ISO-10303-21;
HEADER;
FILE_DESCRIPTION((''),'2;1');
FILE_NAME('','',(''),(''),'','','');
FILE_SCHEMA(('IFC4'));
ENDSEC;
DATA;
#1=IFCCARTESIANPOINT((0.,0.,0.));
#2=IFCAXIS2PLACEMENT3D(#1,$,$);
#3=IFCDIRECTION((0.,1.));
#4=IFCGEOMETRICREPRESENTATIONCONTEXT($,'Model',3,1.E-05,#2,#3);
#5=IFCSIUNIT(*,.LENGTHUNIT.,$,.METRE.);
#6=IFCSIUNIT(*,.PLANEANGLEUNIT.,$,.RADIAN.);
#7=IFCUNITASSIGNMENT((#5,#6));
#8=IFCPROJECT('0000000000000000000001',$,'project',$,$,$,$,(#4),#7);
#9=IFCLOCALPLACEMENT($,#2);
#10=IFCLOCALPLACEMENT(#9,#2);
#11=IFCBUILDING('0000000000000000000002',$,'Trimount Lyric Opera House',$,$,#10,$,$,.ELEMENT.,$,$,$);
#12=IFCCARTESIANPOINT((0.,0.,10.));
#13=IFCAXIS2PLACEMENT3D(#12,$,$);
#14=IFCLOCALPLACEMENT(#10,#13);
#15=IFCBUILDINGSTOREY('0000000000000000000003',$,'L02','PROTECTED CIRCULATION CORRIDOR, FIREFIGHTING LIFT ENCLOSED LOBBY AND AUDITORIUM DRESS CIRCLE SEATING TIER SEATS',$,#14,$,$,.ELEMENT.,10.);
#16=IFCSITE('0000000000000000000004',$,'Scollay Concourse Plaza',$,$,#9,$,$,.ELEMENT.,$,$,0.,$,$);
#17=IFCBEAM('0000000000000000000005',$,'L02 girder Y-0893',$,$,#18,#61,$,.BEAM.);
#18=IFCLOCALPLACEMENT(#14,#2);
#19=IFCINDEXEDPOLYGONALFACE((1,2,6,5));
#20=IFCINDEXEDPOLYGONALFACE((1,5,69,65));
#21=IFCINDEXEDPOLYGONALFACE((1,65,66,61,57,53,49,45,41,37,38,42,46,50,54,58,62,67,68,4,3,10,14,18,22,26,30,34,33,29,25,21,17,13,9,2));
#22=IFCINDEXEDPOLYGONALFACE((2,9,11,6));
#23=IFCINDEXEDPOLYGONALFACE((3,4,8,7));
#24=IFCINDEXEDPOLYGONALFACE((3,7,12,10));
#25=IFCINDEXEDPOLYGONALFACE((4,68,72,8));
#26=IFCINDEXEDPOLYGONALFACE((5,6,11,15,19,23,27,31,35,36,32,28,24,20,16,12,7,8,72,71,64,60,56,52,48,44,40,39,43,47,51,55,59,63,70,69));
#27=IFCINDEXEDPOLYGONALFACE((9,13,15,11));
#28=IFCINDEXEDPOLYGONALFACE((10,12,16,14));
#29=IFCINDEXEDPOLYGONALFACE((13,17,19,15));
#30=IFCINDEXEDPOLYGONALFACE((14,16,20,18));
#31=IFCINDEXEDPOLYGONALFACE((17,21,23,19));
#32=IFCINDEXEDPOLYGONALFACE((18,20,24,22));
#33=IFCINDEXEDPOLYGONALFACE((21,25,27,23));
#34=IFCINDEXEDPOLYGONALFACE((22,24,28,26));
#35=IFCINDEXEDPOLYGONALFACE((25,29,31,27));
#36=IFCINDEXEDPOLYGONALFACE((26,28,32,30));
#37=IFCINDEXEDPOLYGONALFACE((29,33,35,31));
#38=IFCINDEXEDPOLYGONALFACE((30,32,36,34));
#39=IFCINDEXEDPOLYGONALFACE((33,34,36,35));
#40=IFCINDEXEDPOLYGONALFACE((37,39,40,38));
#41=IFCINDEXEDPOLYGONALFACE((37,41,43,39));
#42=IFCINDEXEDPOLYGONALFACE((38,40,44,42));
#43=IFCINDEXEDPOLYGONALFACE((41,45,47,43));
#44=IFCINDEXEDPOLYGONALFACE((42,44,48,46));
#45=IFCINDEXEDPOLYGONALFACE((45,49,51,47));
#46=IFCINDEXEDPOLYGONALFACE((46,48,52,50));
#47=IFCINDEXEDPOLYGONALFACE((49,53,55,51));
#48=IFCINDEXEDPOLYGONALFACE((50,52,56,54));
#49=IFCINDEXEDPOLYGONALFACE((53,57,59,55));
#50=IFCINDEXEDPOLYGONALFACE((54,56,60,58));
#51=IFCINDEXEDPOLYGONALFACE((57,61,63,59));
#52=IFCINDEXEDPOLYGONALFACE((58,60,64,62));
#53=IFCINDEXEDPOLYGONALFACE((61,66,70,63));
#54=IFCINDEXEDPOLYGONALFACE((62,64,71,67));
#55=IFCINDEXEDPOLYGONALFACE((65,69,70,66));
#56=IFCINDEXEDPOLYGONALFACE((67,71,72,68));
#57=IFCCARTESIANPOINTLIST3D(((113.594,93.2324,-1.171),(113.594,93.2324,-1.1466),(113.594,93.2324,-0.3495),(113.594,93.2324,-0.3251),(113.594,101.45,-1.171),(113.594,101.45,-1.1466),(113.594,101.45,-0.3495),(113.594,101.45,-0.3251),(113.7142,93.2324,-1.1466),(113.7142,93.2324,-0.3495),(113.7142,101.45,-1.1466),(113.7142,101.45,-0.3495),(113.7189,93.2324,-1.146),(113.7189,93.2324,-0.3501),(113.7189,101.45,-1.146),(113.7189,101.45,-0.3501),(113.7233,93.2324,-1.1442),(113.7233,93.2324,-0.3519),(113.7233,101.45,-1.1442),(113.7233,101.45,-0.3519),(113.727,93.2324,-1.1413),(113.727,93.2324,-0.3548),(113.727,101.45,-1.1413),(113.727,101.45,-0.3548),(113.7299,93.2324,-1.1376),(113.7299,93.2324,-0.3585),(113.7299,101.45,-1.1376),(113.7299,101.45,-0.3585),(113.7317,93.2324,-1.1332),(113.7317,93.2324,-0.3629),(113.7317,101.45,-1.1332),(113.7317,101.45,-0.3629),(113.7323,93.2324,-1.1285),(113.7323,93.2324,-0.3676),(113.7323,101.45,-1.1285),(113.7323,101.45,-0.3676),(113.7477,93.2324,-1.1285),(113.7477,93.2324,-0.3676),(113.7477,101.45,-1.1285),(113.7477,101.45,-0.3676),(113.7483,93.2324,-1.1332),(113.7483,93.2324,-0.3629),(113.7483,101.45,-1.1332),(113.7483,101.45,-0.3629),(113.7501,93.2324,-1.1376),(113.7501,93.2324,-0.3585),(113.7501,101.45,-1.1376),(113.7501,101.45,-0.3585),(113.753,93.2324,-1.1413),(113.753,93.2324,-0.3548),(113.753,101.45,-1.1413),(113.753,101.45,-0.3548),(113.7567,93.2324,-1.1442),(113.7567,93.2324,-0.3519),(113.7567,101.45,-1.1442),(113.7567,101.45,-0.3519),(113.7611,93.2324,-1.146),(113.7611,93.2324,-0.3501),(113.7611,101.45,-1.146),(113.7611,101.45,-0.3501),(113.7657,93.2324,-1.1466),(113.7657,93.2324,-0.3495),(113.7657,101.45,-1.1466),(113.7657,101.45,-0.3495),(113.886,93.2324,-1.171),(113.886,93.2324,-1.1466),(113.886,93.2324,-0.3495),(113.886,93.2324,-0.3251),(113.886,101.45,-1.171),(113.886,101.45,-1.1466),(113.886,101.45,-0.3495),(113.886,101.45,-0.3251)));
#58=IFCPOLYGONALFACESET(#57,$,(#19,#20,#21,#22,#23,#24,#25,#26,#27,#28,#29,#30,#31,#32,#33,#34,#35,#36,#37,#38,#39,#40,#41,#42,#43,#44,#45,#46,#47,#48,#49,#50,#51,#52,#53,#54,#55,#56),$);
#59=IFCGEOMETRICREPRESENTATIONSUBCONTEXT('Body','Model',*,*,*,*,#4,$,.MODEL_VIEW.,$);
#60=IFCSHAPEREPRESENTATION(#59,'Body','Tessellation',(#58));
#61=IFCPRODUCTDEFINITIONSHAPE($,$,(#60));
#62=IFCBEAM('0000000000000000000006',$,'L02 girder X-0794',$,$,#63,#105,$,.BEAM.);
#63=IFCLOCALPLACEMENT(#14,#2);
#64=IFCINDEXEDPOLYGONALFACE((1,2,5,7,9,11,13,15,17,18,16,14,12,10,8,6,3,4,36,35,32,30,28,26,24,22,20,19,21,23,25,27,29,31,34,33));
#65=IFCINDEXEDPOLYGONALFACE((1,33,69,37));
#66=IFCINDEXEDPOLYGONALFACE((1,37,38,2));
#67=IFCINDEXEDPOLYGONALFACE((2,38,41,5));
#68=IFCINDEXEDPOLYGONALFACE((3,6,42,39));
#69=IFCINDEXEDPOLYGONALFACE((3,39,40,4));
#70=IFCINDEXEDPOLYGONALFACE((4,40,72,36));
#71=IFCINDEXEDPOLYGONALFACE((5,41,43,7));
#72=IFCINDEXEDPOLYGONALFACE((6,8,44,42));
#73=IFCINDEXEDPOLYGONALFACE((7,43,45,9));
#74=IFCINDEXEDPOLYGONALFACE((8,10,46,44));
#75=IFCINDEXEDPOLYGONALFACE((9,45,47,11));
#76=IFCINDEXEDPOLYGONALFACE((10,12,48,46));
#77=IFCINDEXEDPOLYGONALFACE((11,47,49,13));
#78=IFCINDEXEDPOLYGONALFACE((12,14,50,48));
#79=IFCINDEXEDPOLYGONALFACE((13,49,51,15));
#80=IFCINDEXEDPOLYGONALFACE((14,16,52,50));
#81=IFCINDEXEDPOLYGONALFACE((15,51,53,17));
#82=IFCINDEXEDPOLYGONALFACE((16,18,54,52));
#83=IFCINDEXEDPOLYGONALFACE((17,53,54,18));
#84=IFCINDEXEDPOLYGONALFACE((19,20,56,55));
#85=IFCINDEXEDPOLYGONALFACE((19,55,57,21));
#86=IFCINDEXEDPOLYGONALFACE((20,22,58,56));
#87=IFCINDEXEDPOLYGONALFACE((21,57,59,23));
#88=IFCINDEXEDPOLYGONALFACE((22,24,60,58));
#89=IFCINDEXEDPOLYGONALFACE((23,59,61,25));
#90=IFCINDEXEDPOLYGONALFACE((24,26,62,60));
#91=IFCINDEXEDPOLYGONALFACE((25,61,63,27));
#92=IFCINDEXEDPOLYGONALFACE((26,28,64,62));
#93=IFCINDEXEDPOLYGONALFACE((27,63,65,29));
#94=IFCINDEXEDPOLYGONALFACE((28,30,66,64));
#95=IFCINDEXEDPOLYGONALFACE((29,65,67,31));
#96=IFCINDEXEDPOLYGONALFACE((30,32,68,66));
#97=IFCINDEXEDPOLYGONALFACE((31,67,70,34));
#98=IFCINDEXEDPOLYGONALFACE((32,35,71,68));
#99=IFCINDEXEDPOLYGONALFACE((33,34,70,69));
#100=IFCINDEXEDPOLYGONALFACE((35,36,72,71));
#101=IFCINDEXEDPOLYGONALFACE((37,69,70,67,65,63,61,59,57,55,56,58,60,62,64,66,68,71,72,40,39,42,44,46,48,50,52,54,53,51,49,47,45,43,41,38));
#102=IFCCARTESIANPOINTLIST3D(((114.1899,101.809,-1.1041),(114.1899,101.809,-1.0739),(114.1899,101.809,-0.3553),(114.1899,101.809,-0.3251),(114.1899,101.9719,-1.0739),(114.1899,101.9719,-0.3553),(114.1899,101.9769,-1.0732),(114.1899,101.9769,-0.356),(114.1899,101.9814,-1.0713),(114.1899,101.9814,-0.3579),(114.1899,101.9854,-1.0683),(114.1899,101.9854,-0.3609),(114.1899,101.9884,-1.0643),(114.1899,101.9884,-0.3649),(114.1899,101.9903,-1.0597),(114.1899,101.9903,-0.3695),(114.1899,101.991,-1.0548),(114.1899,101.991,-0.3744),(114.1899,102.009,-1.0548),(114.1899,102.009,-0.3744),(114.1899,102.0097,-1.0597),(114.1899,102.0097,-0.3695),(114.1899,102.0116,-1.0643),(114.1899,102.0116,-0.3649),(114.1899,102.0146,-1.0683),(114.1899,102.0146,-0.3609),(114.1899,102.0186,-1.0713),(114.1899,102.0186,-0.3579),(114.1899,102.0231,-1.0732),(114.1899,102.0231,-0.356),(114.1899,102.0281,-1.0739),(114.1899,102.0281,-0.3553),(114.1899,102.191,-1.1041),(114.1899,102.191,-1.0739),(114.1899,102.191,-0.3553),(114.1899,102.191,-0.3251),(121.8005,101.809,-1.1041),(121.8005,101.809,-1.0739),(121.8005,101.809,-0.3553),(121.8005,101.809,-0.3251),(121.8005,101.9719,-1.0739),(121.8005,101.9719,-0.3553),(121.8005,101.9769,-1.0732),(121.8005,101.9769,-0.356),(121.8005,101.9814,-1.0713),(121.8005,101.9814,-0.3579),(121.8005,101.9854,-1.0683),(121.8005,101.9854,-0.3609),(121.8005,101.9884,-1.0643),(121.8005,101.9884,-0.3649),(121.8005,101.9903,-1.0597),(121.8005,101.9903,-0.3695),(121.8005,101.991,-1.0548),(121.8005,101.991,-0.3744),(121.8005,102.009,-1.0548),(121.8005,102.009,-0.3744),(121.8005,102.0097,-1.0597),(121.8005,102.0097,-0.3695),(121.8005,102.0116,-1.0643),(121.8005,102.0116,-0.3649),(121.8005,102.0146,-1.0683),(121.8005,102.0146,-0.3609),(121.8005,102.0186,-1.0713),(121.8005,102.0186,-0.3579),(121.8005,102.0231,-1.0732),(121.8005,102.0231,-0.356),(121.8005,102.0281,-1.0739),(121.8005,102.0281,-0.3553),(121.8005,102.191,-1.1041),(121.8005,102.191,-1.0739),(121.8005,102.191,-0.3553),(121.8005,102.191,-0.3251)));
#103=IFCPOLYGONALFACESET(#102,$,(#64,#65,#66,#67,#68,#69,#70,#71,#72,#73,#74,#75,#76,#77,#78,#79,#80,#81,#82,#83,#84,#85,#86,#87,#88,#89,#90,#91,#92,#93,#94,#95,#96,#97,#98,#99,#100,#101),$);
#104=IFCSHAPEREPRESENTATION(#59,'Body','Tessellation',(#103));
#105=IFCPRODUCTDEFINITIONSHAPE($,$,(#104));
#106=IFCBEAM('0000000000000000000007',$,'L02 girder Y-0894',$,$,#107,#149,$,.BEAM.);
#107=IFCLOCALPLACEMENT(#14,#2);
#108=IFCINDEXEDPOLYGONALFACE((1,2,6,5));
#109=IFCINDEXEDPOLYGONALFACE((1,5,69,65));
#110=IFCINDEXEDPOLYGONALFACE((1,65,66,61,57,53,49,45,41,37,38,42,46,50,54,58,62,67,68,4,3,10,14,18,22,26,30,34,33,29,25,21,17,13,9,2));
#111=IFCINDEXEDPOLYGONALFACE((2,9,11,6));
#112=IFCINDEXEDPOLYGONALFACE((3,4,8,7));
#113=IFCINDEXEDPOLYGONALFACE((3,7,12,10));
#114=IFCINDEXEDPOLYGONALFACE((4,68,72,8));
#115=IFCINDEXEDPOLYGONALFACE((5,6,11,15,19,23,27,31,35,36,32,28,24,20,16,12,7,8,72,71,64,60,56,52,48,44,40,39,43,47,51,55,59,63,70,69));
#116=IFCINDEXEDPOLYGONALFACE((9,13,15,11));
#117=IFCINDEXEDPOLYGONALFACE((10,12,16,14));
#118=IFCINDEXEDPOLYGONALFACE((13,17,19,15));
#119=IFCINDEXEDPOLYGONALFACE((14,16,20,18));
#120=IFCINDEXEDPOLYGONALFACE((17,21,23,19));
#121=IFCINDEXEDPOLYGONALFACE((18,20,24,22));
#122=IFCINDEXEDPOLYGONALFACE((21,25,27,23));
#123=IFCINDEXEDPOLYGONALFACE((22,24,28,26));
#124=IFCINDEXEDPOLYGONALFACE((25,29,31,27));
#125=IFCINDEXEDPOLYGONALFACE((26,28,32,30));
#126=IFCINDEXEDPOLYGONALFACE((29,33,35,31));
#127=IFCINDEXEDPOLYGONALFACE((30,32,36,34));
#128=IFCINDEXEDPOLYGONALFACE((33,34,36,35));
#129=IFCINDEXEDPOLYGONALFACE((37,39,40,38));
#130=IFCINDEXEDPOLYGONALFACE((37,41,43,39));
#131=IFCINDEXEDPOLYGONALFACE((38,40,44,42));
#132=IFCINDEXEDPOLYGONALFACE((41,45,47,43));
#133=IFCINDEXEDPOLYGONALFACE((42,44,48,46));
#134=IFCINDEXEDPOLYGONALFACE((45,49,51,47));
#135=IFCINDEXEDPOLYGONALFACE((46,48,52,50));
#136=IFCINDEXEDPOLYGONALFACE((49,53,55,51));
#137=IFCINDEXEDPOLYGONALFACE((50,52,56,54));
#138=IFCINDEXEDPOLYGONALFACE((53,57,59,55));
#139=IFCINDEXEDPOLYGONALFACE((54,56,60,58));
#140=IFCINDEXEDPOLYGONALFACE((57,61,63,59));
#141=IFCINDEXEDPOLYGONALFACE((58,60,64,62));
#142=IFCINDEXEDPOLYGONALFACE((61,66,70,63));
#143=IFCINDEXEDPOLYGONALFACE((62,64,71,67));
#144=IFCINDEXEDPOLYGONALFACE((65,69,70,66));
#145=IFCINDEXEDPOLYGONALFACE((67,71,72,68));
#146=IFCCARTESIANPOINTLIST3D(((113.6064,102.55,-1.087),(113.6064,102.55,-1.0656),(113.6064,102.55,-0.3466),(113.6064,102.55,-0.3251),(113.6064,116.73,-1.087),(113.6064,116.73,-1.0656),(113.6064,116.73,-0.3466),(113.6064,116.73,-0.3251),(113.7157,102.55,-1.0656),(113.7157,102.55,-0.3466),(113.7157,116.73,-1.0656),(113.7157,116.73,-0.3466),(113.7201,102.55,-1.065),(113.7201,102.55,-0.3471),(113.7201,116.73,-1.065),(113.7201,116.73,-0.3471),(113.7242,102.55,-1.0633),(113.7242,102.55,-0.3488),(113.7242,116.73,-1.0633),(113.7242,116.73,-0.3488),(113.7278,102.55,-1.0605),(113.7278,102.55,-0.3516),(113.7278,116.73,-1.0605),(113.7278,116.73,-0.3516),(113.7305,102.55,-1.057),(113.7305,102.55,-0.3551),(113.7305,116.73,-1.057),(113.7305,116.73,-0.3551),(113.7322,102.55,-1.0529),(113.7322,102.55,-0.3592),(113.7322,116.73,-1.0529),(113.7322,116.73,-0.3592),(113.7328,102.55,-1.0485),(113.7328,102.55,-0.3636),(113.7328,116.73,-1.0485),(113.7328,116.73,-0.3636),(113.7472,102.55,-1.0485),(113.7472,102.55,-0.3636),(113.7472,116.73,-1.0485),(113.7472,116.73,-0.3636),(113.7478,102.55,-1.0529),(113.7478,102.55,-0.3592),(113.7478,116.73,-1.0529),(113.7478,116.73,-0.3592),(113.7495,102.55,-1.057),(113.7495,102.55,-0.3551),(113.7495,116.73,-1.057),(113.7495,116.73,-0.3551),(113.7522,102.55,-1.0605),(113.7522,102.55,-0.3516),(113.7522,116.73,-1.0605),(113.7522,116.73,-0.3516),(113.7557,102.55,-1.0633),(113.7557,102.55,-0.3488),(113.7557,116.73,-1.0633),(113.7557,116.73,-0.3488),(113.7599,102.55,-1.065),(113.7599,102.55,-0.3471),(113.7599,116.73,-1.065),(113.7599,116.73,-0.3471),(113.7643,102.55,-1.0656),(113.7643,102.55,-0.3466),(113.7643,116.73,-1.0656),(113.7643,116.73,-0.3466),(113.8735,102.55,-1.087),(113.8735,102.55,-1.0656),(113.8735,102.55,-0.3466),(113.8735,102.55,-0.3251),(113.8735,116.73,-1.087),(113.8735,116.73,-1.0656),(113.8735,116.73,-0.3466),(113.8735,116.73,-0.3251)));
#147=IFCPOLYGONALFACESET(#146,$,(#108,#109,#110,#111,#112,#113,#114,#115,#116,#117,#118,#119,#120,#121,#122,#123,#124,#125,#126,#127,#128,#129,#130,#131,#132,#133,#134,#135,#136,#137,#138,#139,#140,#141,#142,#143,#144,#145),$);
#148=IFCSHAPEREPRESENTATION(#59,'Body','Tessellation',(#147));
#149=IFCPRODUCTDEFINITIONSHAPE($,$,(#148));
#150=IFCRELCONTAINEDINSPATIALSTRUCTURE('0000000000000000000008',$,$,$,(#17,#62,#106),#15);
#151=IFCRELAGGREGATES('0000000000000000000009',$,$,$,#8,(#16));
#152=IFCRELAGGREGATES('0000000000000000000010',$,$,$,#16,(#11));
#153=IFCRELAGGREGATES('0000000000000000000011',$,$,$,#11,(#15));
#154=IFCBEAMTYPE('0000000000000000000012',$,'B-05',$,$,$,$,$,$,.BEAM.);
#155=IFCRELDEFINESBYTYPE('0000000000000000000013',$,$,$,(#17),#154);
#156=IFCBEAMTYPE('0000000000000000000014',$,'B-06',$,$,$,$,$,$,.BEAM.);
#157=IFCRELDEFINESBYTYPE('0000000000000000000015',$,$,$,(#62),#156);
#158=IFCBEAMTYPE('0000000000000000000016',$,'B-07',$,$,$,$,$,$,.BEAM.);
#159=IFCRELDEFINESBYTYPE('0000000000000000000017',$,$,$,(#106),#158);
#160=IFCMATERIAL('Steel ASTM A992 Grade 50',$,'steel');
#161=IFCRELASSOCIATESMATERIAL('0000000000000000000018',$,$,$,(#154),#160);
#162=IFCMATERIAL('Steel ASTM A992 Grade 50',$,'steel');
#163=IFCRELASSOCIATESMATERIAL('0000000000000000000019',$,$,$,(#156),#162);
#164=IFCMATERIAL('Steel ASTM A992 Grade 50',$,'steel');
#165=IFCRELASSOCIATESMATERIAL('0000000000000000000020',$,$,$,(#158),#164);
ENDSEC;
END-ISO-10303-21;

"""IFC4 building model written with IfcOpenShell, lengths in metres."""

from ifc_helpers import new_model, si_unit, direction, frame, origin, origin_2d, place, context, subcontext, project, spatial, i_section, extrude, material, material_profile, profile_set, type_object, element, save


model = new_model("IFC4")

# Units and contexts
model_context = context("Model", 3, precision=1e-05, world=origin(), true_north=direction((0.0, 1.0)))
body_context = subcontext(model_context, "Body", "Model", "MODEL_VIEW")
ifc_project = project(units=[si_unit("LENGTHUNIT", "METRE"), si_unit("PLANEANGLEUNIT", "RADIAN")], contexts=[model_context])

# Site, building, storey
site_placement = place(None, origin())
site = spatial("IfcSite", under=ifc_project, at=site_placement, Name="Scollay Concourse Plaza", CompositionType="ELEMENT", RefElevation=0.0)
building_placement = place(site_placement, origin())
building = spatial("IfcBuilding", under=site, at=building_placement, Name="Trimount Lyric Opera House", CompositionType="ELEMENT")
storey_placement = place(building_placement, frame((0.0, 0.0, 10.0)))
storey = spatial("IfcBuildingStorey", under=building, at=storey_placement, Name="L02", Description="PROTECTED CIRCULATION CORRIDOR, FIREFIGHTING LIFT ENCLOSED LOBBY AND AUDITORIUM DRESS CIRCLE SEATING TIER SEATS", CompositionType="ELEMENT", Elevation=10.0)

# Beams
ifc_material_1 = material(Name="Steel ASTM A992 Grade 50", Category="steel")
ifc_material_profile_1 = material_profile(ifc_material_1, i_section(OverallWidth=0.292, OverallDepth=0.8459, WebThickness=0.0154, FlangeThickness=0.0244, FilletRadius=0.0181, at=origin_2d()), Name="W33X141")
ifc_profile_set_1 = profile_set([ifc_material_profile_1], Name="Steel ASTM A992 Grade 50")
beam_type_1 = type_object("IfcBeamType", Name="B-05", PredefinedType="BEAM", material=ifc_profile_set_1)
beam_1_placement = place(storey_placement, frame((113.74, 93.2324, -0.748), z_axis=(0.0, 1.0, 0.0), x_axis=(-1.0, 0.0, 0.0)))
element("IfcBeam", 1, at=beam_1_placement, inside=storey, type_object=beam_type_1, Name="L02 girder Y-0893", PredefinedType="BEAM", context=body_context, shape_type="SweptSolid", body=[
    extrude(i_section(OverallWidth=0.292, OverallDepth=0.8459, WebThickness=0.0154, FlangeThickness=0.0244, FilletRadius=0.0181, at=origin_2d()), origin(), (0.0, 0.0, 1.0), 8.2175),
])
ifc_material_2 = material(Name="Steel ASTM A992 Grade 50", Category="steel")
ifc_material_profile_2 = material_profile(ifc_material_2, i_section(OverallWidth=0.3821, OverallDepth=0.7791, WebThickness=0.0181, FlangeThickness=0.0303, FilletRadius=0.019, at=origin_2d()), Name="W30X191")
ifc_profile_set_2 = profile_set([ifc_material_profile_2], Name="Steel ASTM A992 Grade 50")
beam_type_2 = type_object("IfcBeamType", Name="B-06", PredefinedType="BEAM", material=ifc_profile_set_2)
beam_2_placement = place(storey_placement, frame((114.1899, 102.0, -0.7146), z_axis=(1.0, 0.0, 0.0), x_axis=(0.0, 1.0, 0.0)))
element("IfcBeam", 2, at=beam_2_placement, inside=storey, type_object=beam_type_2, Name="L02 girder X-0794", PredefinedType="BEAM", context=body_context, shape_type="SweptSolid", body=[
    extrude(i_section(OverallWidth=0.3821, OverallDepth=0.7791, WebThickness=0.0181, FlangeThickness=0.0303, FilletRadius=0.019, at=origin_2d()), origin(), (0.0, 0.0, 1.0), 7.6106),
])
ifc_material_3 = material(Name="Steel ASTM A992 Grade 50", Category="steel")
ifc_material_profile_3 = material_profile(ifc_material_3, i_section(OverallWidth=0.2671, OverallDepth=0.762, WebThickness=0.0144, FlangeThickness=0.0215, FilletRadius=0.0171, at=origin_2d()), Name="W30X116")
ifc_profile_set_3 = profile_set([ifc_material_profile_3], Name="Steel ASTM A992 Grade 50")
beam_type_3 = type_object("IfcBeamType", Name="B-07", PredefinedType="BEAM", material=ifc_profile_set_3)
beam_3_placement = place(storey_placement, frame((113.74, 102.55, -0.7061), z_axis=(0.0, 1.0, 0.0), x_axis=(-1.0, 0.0, 0.0)))
element("IfcBeam", 3, at=beam_3_placement, inside=storey, type_object=beam_type_3, Name="L02 girder Y-0894", PredefinedType="BEAM", context=body_context, shape_type="SweptSolid", body=[
    extrude(i_section(OverallWidth=0.2671, OverallDepth=0.762, WebThickness=0.0144, FlangeThickness=0.0215, FilletRadius=0.0171, at=origin_2d()), origin(), (0.0, 0.0, 1.0), 14.1799),
])

save(model, "model.ifc")
